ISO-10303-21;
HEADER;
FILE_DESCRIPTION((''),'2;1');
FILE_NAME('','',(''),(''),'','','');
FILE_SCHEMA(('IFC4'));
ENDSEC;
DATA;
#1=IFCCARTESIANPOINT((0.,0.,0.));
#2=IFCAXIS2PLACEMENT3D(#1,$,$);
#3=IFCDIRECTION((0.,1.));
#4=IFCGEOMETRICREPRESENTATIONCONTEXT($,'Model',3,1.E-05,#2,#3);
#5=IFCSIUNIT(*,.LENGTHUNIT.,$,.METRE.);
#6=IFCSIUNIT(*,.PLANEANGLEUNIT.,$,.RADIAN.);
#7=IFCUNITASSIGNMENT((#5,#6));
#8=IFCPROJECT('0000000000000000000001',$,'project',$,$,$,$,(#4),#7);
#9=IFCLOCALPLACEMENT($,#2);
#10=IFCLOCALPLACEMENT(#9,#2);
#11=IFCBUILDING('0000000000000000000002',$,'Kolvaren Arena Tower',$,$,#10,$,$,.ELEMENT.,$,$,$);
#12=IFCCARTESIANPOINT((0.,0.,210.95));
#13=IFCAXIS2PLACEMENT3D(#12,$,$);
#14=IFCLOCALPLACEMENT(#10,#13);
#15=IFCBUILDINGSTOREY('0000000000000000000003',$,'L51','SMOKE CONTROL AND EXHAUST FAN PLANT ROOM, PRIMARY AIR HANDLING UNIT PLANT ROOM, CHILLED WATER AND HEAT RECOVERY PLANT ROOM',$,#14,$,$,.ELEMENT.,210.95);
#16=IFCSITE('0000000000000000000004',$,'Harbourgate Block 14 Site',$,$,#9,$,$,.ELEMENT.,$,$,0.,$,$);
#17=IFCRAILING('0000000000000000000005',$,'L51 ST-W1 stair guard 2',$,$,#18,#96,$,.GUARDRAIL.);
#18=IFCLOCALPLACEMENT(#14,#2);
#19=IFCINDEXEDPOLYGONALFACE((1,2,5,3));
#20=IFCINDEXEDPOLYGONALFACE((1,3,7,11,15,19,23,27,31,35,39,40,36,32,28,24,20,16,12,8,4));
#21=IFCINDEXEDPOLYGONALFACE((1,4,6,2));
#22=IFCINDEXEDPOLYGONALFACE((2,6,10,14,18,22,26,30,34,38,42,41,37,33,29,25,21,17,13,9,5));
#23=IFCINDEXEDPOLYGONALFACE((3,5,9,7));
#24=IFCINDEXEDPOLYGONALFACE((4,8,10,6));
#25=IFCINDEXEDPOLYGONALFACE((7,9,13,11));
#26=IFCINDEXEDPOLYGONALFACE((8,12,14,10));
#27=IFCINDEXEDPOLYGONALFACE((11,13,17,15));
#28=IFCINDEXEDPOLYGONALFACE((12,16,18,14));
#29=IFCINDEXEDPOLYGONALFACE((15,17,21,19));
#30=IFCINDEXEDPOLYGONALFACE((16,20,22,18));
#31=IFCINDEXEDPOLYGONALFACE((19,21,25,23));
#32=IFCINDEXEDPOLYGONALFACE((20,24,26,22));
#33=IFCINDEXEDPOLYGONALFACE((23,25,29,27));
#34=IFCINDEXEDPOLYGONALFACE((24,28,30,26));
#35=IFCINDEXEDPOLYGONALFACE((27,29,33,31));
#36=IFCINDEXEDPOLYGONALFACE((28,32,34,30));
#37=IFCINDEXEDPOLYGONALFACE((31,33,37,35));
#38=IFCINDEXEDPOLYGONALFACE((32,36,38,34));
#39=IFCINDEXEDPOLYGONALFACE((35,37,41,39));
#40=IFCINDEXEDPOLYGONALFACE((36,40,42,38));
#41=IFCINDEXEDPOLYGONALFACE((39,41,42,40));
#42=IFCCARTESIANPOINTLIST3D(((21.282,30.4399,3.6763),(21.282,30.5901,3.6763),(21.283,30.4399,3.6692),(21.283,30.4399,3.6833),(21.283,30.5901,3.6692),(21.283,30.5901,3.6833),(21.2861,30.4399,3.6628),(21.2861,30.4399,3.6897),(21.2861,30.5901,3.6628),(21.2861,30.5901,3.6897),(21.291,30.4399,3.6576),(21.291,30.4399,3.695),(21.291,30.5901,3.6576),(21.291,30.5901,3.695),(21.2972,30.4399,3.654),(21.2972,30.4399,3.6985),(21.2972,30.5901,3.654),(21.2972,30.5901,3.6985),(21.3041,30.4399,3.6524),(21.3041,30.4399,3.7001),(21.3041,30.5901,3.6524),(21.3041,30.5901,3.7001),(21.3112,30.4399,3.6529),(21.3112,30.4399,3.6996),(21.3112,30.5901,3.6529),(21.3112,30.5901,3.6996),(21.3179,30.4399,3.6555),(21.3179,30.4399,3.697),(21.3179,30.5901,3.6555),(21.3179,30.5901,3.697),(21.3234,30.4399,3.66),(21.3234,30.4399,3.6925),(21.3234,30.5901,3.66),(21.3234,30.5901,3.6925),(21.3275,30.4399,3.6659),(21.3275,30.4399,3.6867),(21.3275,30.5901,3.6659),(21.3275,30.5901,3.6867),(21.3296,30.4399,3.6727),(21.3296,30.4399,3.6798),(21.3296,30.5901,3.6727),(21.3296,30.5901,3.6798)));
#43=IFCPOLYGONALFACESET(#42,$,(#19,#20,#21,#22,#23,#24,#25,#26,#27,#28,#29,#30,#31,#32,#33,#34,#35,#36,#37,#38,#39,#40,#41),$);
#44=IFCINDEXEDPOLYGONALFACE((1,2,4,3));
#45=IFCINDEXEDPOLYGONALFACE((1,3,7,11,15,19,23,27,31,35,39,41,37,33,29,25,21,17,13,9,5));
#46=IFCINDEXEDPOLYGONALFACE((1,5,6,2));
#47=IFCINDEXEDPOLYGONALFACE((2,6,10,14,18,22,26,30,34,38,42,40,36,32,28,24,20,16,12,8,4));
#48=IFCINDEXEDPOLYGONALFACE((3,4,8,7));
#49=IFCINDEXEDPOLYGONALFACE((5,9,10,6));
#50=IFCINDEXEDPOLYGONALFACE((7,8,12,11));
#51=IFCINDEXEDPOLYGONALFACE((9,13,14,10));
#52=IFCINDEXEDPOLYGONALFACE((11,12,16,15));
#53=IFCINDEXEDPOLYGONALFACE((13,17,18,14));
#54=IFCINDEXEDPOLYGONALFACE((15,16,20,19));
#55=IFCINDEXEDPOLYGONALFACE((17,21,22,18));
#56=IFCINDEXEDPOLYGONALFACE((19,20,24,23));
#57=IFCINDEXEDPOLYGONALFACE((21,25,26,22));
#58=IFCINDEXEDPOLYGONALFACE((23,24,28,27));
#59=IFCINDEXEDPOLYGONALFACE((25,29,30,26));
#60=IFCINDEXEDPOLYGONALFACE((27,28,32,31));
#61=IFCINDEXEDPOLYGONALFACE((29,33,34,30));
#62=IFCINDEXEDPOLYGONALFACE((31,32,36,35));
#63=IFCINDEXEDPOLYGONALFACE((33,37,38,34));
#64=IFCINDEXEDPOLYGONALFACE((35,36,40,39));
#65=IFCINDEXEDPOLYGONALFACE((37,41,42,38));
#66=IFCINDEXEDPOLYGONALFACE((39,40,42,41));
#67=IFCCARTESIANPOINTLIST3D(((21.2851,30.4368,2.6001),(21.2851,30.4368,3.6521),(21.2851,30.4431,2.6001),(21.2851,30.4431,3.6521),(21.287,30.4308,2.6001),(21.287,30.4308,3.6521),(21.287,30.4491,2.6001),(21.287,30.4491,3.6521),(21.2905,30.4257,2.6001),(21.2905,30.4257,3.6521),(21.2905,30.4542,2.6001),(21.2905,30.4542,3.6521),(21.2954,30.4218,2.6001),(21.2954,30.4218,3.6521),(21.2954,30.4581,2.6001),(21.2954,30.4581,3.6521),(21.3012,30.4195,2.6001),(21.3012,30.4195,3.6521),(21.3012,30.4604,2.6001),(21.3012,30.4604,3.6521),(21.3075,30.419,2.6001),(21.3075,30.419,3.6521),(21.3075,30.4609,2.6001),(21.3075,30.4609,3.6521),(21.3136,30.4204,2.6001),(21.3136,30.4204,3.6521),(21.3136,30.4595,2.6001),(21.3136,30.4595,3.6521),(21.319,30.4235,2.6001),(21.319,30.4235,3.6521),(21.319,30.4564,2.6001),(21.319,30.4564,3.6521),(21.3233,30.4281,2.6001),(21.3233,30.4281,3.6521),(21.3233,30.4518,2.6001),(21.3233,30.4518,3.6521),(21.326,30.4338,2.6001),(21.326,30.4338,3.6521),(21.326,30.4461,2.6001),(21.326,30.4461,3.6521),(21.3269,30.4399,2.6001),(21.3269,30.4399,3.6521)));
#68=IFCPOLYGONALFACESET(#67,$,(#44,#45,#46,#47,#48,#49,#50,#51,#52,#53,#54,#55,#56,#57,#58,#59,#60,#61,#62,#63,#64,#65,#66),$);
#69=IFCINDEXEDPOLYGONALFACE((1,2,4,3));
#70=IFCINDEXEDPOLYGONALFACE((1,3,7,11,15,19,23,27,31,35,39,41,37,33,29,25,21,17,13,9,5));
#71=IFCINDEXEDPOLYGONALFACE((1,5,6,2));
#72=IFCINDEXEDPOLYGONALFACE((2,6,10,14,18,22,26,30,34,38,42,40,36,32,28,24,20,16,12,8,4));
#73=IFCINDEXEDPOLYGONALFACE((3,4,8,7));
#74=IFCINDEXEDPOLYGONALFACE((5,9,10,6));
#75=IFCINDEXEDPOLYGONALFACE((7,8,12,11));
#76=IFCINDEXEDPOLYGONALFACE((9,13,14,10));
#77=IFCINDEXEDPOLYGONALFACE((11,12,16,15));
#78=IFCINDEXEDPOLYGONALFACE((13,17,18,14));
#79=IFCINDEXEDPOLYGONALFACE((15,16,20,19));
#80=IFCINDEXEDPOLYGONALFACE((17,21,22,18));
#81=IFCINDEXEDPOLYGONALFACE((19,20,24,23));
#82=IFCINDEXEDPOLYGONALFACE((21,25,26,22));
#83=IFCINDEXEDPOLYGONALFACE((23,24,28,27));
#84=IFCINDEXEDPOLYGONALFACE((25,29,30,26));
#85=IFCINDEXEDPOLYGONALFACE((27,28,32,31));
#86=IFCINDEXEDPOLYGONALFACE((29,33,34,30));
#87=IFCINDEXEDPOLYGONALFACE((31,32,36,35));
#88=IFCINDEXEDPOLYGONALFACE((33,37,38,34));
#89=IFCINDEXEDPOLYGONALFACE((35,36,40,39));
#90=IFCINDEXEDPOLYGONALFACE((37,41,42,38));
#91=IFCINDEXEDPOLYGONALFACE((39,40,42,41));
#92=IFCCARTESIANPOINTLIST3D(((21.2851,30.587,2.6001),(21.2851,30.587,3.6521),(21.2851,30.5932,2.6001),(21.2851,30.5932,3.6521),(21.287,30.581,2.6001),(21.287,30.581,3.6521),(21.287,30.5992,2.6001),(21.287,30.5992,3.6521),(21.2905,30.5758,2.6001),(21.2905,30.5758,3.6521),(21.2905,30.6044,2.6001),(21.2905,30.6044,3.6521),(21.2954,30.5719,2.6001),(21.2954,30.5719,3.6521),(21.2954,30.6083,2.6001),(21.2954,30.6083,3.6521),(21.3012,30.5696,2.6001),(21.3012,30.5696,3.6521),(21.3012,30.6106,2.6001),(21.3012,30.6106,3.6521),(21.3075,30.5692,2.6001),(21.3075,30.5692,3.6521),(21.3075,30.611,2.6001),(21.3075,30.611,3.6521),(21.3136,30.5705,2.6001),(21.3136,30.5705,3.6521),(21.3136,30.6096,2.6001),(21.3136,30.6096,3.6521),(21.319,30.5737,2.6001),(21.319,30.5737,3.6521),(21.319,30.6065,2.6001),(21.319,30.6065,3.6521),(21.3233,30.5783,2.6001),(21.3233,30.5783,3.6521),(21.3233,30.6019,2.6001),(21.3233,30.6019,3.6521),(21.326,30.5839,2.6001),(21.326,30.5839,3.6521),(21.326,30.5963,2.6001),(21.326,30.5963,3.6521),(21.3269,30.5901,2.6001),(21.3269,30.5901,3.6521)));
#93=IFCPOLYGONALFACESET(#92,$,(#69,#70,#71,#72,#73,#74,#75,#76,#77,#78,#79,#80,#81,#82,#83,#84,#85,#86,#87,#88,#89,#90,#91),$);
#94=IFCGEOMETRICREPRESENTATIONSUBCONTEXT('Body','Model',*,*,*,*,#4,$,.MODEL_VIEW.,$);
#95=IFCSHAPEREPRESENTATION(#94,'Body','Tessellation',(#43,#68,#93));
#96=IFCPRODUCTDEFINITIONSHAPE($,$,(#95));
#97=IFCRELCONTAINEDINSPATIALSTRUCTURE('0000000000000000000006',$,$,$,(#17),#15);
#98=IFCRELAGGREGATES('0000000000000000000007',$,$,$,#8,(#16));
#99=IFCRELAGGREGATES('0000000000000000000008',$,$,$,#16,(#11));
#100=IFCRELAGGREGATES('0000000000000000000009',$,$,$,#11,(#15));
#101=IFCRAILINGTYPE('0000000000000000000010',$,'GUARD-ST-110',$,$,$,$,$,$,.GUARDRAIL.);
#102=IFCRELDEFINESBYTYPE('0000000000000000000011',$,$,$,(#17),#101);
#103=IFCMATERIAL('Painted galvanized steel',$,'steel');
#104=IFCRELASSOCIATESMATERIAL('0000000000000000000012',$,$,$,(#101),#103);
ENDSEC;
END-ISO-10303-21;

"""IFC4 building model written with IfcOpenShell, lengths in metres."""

from ifc_helpers import new_model, si_unit, direction, frame, origin, origin_2d, place, context, subcontext, project, spatial, circle, extrude, material, type_object, element, save


model = new_model("IFC4")

# Units and contexts
model_context = context("Model", 3, precision=1e-05, world=origin(), true_north=direction((0.0, 1.0)))
body_context = subcontext(model_context, "Body", "Model", "MODEL_VIEW")
ifc_project = project(units=[si_unit("LENGTHUNIT", "METRE"), si_unit("PLANEANGLEUNIT", "RADIAN")], contexts=[model_context])

# Site, building, storey
site_placement = place(None, origin())
site = spatial("IfcSite", under=ifc_project, at=site_placement, Name="Harbourgate Block 14 Site", CompositionType="ELEMENT", RefElevation=0.0)
building_placement = place(site_placement, origin())
building = spatial("IfcBuilding", under=site, at=building_placement, Name="Kolvaren Arena Tower", CompositionType="ELEMENT")
storey_placement = place(building_placement, frame((0.0, 0.0, 210.95)))
storey = spatial("IfcBuildingStorey", under=building, at=storey_placement, Name="L51", Description="SMOKE CONTROL AND EXHAUST FAN PLANT ROOM, PRIMARY AIR HANDLING UNIT PLANT ROOM, CHILLED WATER AND HEAT RECOVERY PLANT ROOM", CompositionType="ELEMENT", Elevation=210.95)

# Railing
ifc_material_1 = material(Name="Painted galvanized steel", Category="steel")
railing_type_1 = type_object("IfcRailingType", Name="GUARD-ST-110", PredefinedType="GUARDRAIL", material=ifc_material_1)
railing_1_placement = place(storey_placement, frame((21.3059, 30.4399, 2.6001)))
element("IfcRailing", 1, at=railing_1_placement, inside=storey, type_object=railing_type_1, Name="L51 ST-W1 stair guard 2", PredefinedType="GUARDRAIL", context=body_context, shape_type="SweptSolid", body=[
    extrude(circle(Radius=0.0239, at=origin_2d()), frame((0.0, 0.0, 1.0762), z_axis=(0.0, 1.0, 0.0), x_axis=(-1.0, 0.0, 0.0)), (0.0, 0.0, 1.0), 0.1501),
    extrude(circle(Radius=0.021, at=origin_2d()), origin(), (0.0, 0.0, 1.0), 1.052),
    extrude(circle(Radius=0.021, at=origin_2d()), frame((0.0, 0.1501, 0.0)), (0.0, 0.0, 1.0), 1.052),
])

save(model, "model.ifc")
